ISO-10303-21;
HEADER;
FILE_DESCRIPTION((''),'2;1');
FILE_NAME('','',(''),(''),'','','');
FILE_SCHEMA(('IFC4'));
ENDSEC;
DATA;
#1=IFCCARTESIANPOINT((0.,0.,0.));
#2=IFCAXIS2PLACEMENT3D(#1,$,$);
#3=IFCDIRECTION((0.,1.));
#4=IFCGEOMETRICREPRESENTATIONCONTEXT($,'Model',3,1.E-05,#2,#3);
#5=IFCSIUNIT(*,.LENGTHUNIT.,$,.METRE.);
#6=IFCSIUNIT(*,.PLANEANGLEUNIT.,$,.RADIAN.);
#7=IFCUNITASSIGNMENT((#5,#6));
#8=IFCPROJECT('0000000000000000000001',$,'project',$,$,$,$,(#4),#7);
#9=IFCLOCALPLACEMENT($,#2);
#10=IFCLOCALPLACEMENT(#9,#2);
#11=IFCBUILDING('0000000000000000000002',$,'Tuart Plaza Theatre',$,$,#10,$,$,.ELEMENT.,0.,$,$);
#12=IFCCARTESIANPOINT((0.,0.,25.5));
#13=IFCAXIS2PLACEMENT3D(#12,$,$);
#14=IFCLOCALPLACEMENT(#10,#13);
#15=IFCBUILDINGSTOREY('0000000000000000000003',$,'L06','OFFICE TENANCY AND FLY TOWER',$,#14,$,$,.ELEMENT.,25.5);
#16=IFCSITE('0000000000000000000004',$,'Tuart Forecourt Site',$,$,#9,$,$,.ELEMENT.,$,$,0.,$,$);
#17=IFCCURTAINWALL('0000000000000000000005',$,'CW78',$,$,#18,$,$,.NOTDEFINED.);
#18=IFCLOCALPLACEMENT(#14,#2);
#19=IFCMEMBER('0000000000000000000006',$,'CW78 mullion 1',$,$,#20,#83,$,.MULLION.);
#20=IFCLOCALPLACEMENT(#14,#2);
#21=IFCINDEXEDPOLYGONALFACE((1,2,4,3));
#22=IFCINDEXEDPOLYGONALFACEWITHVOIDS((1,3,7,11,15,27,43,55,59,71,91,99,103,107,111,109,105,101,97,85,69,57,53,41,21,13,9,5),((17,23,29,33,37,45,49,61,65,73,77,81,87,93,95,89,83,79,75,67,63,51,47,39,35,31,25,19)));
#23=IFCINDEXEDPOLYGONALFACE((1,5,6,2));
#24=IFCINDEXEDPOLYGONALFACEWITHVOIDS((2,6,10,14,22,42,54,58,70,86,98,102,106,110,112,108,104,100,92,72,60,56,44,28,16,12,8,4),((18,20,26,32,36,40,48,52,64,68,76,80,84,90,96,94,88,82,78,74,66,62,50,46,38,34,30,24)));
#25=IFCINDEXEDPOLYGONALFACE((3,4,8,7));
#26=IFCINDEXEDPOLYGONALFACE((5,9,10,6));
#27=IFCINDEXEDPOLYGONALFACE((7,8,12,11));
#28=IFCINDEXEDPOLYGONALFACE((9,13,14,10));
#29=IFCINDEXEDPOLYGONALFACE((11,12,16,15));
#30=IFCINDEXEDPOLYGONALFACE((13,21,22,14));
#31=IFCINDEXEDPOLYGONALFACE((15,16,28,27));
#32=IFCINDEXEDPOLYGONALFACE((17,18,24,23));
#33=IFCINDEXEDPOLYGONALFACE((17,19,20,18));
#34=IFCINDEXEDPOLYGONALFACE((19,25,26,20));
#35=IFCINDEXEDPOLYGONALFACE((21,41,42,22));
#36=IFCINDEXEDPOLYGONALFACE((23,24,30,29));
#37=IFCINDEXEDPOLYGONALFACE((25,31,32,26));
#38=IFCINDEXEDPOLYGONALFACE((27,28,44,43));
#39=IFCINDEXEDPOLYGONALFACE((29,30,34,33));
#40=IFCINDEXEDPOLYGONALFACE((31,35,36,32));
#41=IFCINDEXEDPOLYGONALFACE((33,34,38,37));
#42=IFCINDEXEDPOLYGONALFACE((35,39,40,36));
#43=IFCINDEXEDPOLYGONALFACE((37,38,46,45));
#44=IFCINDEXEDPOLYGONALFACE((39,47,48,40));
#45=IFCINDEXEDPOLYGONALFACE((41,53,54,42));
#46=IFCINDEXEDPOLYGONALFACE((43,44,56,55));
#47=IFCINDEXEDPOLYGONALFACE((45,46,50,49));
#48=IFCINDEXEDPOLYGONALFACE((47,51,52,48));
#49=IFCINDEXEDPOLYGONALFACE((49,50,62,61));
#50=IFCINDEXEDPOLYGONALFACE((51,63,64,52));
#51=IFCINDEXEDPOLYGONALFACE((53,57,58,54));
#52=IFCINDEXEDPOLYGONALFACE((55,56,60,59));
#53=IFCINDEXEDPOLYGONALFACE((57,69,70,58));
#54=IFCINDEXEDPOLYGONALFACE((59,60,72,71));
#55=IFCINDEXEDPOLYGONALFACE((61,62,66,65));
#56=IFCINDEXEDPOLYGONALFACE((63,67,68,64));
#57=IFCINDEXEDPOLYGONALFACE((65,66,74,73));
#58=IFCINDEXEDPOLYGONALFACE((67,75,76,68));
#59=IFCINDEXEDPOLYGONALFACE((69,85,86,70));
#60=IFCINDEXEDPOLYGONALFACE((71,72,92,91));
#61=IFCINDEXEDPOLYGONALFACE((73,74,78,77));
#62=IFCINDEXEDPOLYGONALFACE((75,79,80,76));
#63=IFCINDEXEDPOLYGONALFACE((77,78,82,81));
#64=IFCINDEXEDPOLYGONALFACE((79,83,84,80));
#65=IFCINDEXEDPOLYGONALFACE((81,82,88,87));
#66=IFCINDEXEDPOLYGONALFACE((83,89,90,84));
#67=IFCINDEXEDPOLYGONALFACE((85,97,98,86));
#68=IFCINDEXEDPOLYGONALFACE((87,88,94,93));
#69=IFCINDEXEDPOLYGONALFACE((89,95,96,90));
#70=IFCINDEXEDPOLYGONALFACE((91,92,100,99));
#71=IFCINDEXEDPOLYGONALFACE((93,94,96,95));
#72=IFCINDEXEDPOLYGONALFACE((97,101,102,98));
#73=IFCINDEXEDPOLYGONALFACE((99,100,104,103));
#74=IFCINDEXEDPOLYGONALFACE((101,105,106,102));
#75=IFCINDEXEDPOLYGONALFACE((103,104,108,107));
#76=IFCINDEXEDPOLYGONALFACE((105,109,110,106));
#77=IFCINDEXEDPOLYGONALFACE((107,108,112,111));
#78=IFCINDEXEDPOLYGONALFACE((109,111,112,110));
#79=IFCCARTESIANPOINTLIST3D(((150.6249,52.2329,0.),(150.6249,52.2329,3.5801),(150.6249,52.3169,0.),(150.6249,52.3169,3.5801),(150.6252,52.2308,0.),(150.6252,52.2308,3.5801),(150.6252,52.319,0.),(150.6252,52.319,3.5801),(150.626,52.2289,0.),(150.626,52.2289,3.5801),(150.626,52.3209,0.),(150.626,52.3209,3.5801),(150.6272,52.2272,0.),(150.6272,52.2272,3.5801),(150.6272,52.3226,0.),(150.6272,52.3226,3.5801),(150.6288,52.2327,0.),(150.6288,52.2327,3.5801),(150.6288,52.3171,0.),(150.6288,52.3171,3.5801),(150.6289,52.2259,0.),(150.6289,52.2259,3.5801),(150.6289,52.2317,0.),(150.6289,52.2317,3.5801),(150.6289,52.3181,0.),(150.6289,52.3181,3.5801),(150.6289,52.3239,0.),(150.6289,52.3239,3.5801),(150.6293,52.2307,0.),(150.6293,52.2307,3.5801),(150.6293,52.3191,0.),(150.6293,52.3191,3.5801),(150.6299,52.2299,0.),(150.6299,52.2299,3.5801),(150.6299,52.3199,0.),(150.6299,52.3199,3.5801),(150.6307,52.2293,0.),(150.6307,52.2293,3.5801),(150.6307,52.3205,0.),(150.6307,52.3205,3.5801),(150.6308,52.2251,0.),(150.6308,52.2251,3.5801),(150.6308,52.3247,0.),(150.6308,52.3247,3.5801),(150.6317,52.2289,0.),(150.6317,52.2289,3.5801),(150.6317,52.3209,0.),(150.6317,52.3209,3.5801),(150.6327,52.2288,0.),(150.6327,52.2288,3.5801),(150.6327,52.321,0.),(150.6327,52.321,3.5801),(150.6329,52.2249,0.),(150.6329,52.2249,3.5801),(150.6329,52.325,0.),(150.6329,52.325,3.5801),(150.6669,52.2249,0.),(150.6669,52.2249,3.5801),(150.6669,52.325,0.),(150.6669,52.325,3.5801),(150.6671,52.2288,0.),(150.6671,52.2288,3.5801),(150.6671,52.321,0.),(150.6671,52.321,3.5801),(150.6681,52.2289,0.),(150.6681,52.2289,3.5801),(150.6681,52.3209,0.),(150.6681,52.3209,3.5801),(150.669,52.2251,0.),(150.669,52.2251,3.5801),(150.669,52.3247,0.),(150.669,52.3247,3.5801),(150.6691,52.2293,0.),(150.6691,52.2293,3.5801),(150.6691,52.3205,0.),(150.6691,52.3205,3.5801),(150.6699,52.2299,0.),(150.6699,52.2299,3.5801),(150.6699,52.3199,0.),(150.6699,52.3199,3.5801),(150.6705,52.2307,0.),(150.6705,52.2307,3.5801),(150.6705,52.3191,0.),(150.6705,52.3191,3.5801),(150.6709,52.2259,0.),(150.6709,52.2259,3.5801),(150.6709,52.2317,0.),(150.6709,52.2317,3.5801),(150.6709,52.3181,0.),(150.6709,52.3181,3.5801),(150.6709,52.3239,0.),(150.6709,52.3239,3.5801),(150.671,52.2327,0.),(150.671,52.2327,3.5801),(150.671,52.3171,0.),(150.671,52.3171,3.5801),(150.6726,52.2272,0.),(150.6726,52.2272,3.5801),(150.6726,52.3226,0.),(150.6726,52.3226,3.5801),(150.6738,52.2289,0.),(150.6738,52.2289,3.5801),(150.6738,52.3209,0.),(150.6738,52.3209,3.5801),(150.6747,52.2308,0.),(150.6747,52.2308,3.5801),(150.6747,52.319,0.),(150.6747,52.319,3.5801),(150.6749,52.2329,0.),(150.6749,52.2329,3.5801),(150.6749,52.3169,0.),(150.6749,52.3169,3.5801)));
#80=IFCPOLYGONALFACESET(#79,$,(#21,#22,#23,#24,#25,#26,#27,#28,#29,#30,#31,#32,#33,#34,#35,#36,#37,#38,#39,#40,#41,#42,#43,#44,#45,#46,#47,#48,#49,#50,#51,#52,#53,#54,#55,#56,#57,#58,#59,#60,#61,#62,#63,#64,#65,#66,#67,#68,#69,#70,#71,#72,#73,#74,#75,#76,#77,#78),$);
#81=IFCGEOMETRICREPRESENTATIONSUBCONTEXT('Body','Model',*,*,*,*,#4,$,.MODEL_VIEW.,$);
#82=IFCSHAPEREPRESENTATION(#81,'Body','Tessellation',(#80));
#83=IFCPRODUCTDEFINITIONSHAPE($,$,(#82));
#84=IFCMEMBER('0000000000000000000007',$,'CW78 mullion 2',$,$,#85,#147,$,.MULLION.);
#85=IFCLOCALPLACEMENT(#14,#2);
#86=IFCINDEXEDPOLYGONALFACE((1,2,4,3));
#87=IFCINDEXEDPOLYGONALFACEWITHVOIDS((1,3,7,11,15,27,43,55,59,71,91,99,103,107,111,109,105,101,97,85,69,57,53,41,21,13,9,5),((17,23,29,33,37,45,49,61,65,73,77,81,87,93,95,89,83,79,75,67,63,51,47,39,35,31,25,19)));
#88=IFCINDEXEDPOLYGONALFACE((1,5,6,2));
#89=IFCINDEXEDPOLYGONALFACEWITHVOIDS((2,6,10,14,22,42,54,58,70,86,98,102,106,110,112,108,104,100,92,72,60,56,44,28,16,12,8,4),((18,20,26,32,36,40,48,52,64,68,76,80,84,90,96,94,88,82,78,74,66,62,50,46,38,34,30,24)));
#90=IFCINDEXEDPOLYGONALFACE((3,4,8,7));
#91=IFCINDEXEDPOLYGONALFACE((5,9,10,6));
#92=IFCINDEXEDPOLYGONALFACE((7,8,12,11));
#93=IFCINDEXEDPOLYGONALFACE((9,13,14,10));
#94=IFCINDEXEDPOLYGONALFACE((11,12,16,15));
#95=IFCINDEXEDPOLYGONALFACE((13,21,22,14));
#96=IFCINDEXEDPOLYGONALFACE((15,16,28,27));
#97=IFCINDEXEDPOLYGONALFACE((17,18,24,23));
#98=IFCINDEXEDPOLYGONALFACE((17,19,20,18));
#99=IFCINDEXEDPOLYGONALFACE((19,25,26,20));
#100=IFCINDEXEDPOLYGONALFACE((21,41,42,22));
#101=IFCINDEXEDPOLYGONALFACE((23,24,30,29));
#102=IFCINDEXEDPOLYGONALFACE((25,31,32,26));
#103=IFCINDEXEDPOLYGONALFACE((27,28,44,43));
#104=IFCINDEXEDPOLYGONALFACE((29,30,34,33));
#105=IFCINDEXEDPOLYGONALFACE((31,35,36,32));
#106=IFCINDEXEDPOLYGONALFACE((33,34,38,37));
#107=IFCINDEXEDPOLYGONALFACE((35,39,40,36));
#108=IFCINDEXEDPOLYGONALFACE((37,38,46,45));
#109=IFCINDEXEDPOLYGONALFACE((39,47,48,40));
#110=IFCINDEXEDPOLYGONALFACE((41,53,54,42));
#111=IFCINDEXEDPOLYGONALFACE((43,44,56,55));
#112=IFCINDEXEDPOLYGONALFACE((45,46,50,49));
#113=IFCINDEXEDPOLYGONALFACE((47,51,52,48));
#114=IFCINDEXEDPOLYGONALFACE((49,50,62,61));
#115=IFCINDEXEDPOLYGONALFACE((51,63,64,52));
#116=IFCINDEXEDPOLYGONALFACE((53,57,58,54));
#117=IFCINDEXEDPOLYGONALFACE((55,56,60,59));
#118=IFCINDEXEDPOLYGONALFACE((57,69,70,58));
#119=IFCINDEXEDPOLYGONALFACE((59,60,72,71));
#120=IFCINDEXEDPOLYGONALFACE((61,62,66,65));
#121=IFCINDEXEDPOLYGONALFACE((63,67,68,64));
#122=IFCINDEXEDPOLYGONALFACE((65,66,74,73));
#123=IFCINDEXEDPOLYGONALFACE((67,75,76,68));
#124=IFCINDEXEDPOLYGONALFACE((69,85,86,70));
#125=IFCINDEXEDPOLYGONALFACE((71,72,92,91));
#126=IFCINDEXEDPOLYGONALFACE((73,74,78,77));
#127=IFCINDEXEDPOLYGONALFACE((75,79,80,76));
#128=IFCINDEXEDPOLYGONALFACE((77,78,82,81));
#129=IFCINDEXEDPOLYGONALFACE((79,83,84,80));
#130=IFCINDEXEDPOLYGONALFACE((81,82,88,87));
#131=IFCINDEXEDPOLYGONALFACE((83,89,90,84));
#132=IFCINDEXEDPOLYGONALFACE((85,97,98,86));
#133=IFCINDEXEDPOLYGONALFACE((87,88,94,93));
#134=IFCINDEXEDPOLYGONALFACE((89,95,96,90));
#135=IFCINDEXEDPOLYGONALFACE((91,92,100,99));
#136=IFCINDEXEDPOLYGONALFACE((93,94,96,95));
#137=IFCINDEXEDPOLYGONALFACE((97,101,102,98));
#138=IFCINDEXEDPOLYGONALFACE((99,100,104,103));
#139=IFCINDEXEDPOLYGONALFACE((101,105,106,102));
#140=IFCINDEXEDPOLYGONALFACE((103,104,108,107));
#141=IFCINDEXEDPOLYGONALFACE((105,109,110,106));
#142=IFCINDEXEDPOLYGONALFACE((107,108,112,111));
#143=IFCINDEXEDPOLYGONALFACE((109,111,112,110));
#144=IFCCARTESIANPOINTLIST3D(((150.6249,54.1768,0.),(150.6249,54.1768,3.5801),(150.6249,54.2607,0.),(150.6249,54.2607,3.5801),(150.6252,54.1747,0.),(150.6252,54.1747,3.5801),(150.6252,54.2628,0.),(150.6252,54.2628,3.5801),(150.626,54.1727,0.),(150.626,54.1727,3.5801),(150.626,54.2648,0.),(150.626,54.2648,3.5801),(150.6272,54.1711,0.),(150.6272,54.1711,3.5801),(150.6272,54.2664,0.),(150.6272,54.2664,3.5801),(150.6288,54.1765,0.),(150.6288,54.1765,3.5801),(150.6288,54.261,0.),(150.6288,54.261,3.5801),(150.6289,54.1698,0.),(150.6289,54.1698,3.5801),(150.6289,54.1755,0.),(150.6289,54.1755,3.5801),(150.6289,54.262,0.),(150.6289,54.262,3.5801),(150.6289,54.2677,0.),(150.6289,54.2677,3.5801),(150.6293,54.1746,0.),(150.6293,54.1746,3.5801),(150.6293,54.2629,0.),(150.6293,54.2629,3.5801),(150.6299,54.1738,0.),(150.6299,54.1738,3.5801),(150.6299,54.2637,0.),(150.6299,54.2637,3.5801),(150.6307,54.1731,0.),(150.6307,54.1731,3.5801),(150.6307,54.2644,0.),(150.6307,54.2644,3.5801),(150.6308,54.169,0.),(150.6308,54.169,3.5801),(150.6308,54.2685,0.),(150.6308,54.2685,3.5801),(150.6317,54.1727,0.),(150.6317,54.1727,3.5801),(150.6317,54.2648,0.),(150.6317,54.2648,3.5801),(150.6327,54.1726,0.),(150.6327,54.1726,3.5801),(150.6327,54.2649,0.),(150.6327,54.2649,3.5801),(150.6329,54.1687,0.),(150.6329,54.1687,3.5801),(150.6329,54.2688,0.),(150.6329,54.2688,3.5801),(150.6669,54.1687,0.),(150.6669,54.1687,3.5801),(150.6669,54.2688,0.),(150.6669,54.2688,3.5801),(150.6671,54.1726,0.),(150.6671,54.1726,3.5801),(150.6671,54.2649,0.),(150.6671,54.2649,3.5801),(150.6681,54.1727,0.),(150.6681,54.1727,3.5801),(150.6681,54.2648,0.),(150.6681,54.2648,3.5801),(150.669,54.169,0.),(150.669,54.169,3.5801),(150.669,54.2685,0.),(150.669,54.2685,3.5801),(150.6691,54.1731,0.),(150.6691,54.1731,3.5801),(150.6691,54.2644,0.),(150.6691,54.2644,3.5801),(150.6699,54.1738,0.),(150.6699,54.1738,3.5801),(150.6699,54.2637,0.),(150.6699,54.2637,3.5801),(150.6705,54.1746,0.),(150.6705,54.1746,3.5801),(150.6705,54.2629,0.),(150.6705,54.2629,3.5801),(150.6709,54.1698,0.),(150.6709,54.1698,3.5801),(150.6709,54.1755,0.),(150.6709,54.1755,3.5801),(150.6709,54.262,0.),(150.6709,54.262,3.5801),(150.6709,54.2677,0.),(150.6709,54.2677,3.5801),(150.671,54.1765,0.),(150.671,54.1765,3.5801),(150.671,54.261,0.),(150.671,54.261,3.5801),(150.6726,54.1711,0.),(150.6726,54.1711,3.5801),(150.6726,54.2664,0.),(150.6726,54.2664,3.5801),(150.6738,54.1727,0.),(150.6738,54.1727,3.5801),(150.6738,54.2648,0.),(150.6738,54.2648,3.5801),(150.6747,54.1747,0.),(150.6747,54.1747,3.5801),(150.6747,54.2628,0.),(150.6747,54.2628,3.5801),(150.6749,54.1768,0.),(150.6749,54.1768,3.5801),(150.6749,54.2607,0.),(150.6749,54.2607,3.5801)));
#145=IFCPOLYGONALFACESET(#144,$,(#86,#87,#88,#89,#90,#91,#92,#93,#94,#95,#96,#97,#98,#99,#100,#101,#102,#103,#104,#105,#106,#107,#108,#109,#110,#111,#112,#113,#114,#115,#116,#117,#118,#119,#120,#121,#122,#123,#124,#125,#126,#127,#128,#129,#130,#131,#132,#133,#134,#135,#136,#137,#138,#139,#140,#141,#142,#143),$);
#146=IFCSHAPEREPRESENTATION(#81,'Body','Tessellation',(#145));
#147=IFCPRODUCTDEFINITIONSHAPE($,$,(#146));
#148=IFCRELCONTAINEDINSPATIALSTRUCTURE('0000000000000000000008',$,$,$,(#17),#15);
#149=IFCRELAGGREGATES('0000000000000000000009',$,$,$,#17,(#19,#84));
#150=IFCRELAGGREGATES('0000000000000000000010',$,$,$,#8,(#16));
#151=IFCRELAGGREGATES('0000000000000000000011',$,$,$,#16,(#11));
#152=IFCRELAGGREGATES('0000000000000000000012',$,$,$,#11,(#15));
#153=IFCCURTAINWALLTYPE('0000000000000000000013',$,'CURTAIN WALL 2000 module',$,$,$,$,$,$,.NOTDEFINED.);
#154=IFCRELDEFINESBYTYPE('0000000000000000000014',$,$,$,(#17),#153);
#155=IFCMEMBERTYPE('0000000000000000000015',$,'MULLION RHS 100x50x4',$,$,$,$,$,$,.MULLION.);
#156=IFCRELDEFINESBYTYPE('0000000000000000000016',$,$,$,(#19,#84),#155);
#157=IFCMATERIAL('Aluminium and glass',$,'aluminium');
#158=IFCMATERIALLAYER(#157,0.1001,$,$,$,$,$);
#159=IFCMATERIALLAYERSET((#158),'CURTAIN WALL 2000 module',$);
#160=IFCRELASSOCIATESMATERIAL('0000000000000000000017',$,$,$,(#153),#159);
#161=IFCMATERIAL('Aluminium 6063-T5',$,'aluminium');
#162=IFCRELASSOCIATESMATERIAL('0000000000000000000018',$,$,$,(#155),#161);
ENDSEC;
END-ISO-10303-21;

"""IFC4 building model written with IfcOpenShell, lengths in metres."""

from ifc_helpers import new_model, si_unit, direction, frame, origin, origin_2d, place, context, subcontext, project, spatial, hollow_rectangle, extrude, material, layer, layer_set, material_profile, profile_set, type_object, element, aggregate, save


model = new_model("IFC4")

# Units and contexts
model_context = context("Model", 3, precision=1e-05, world=origin(), true_north=direction((0.0, 1.0)))
body_context = subcontext(model_context, "Body", "Model", "MODEL_VIEW")
ifc_project = project(units=[si_unit("LENGTHUNIT", "METRE"), si_unit("PLANEANGLEUNIT", "RADIAN")], contexts=[model_context])

# Site, building, storey
site_placement = place(None, origin())
site = spatial("IfcSite", under=ifc_project, at=site_placement, Name="Tuart Forecourt Site", CompositionType="ELEMENT", RefElevation=0.0)
building_placement = place(site_placement, origin())
building = spatial("IfcBuilding", under=site, at=building_placement, Name="Tuart Plaza Theatre", CompositionType="ELEMENT", ElevationOfRefHeight=0.0)
storey_placement = place(building_placement, frame((0.0, 0.0, 25.5)))
storey = spatial("IfcBuildingStorey", under=building, at=storey_placement, Name="L06", Description="OFFICE TENANCY AND FLY TOWER", CompositionType="ELEMENT", Elevation=25.5)

# Curtain wall, members
ifc_material_1 = material(Name="Aluminium and glass", Category="aluminium")
ifc_layer_1 = layer(ifc_material_1, 0.1001)
ifc_layer_set_1 = layer_set([ifc_layer_1], Name="CURTAIN WALL 2000 module")
curtain_wall_type = type_object("IfcCurtainWallType", Name="CURTAIN WALL 2000 module", PredefinedType="NOTDEFINED", material=ifc_layer_set_1)
ifc_material_2 = material(Name="Aluminium 6063-T5", Category="aluminium")
ifc_material_profile_1 = material_profile(ifc_material_2, hollow_rectangle(XDim=0.05, YDim=0.1001, WallThickness=0.0039, InnerFilletRadius=0.0039, OuterFilletRadius=0.0081, at=origin_2d()), Name="RHS 100x50x4")
ifc_profile_set_1 = profile_set([ifc_material_profile_1], Name="Aluminium 6063-T5")
member_type_1 = type_object("IfcMemberType", Name="MULLION RHS 100x50x4", PredefinedType="MULLION", material=ifc_profile_set_1)
curtain_wall_1_placement = place(storey_placement, origin())
curtain_wall_1 = element("IfcCurtainWall", 1, at=curtain_wall_1_placement, inside=storey, type_object=curtain_wall_type, Name="CW78", PredefinedType="NOTDEFINED")
member_1_placement = place(storey_placement, frame((150.6499, 52.2749, 0.0), z_axis=(0.0, 0.0, 1.0), x_axis=(-1.0, 0.0, 0.0)))
member_1 = element("IfcMember", 2, at=member_1_placement, type_object=member_type_1, Name="CW78 mullion 1", PredefinedType="MULLION", context=body_context, shape_type="SweptSolid", body=[
    extrude(hollow_rectangle(XDim=0.05, YDim=0.1001, WallThickness=0.0039, InnerFilletRadius=0.0039, OuterFilletRadius=0.0081, at=origin_2d()), origin(), (0.0, 0.0, 1.0), 3.5801),
])
member_2_placement = place(storey_placement, frame((150.6499, 54.2188, 0.0), z_axis=(0.0, 0.0, 1.0), x_axis=(-1.0, 0.0, 0.0)))
member_2 = element("IfcMember", 3, at=member_2_placement, type_object=member_type_1, Name="CW78 mullion 2", PredefinedType="MULLION", context=body_context, shape_type="SweptSolid", body=[
    extrude(hollow_rectangle(XDim=0.05, YDim=0.1001, WallThickness=0.0039, InnerFilletRadius=0.0039, OuterFilletRadius=0.0081, at=origin_2d()), origin(), (0.0, 0.0, 1.0), 3.5801),
])

aggregate(curtain_wall_1, [member_1, member_2])

save(model, "model.ifc")
